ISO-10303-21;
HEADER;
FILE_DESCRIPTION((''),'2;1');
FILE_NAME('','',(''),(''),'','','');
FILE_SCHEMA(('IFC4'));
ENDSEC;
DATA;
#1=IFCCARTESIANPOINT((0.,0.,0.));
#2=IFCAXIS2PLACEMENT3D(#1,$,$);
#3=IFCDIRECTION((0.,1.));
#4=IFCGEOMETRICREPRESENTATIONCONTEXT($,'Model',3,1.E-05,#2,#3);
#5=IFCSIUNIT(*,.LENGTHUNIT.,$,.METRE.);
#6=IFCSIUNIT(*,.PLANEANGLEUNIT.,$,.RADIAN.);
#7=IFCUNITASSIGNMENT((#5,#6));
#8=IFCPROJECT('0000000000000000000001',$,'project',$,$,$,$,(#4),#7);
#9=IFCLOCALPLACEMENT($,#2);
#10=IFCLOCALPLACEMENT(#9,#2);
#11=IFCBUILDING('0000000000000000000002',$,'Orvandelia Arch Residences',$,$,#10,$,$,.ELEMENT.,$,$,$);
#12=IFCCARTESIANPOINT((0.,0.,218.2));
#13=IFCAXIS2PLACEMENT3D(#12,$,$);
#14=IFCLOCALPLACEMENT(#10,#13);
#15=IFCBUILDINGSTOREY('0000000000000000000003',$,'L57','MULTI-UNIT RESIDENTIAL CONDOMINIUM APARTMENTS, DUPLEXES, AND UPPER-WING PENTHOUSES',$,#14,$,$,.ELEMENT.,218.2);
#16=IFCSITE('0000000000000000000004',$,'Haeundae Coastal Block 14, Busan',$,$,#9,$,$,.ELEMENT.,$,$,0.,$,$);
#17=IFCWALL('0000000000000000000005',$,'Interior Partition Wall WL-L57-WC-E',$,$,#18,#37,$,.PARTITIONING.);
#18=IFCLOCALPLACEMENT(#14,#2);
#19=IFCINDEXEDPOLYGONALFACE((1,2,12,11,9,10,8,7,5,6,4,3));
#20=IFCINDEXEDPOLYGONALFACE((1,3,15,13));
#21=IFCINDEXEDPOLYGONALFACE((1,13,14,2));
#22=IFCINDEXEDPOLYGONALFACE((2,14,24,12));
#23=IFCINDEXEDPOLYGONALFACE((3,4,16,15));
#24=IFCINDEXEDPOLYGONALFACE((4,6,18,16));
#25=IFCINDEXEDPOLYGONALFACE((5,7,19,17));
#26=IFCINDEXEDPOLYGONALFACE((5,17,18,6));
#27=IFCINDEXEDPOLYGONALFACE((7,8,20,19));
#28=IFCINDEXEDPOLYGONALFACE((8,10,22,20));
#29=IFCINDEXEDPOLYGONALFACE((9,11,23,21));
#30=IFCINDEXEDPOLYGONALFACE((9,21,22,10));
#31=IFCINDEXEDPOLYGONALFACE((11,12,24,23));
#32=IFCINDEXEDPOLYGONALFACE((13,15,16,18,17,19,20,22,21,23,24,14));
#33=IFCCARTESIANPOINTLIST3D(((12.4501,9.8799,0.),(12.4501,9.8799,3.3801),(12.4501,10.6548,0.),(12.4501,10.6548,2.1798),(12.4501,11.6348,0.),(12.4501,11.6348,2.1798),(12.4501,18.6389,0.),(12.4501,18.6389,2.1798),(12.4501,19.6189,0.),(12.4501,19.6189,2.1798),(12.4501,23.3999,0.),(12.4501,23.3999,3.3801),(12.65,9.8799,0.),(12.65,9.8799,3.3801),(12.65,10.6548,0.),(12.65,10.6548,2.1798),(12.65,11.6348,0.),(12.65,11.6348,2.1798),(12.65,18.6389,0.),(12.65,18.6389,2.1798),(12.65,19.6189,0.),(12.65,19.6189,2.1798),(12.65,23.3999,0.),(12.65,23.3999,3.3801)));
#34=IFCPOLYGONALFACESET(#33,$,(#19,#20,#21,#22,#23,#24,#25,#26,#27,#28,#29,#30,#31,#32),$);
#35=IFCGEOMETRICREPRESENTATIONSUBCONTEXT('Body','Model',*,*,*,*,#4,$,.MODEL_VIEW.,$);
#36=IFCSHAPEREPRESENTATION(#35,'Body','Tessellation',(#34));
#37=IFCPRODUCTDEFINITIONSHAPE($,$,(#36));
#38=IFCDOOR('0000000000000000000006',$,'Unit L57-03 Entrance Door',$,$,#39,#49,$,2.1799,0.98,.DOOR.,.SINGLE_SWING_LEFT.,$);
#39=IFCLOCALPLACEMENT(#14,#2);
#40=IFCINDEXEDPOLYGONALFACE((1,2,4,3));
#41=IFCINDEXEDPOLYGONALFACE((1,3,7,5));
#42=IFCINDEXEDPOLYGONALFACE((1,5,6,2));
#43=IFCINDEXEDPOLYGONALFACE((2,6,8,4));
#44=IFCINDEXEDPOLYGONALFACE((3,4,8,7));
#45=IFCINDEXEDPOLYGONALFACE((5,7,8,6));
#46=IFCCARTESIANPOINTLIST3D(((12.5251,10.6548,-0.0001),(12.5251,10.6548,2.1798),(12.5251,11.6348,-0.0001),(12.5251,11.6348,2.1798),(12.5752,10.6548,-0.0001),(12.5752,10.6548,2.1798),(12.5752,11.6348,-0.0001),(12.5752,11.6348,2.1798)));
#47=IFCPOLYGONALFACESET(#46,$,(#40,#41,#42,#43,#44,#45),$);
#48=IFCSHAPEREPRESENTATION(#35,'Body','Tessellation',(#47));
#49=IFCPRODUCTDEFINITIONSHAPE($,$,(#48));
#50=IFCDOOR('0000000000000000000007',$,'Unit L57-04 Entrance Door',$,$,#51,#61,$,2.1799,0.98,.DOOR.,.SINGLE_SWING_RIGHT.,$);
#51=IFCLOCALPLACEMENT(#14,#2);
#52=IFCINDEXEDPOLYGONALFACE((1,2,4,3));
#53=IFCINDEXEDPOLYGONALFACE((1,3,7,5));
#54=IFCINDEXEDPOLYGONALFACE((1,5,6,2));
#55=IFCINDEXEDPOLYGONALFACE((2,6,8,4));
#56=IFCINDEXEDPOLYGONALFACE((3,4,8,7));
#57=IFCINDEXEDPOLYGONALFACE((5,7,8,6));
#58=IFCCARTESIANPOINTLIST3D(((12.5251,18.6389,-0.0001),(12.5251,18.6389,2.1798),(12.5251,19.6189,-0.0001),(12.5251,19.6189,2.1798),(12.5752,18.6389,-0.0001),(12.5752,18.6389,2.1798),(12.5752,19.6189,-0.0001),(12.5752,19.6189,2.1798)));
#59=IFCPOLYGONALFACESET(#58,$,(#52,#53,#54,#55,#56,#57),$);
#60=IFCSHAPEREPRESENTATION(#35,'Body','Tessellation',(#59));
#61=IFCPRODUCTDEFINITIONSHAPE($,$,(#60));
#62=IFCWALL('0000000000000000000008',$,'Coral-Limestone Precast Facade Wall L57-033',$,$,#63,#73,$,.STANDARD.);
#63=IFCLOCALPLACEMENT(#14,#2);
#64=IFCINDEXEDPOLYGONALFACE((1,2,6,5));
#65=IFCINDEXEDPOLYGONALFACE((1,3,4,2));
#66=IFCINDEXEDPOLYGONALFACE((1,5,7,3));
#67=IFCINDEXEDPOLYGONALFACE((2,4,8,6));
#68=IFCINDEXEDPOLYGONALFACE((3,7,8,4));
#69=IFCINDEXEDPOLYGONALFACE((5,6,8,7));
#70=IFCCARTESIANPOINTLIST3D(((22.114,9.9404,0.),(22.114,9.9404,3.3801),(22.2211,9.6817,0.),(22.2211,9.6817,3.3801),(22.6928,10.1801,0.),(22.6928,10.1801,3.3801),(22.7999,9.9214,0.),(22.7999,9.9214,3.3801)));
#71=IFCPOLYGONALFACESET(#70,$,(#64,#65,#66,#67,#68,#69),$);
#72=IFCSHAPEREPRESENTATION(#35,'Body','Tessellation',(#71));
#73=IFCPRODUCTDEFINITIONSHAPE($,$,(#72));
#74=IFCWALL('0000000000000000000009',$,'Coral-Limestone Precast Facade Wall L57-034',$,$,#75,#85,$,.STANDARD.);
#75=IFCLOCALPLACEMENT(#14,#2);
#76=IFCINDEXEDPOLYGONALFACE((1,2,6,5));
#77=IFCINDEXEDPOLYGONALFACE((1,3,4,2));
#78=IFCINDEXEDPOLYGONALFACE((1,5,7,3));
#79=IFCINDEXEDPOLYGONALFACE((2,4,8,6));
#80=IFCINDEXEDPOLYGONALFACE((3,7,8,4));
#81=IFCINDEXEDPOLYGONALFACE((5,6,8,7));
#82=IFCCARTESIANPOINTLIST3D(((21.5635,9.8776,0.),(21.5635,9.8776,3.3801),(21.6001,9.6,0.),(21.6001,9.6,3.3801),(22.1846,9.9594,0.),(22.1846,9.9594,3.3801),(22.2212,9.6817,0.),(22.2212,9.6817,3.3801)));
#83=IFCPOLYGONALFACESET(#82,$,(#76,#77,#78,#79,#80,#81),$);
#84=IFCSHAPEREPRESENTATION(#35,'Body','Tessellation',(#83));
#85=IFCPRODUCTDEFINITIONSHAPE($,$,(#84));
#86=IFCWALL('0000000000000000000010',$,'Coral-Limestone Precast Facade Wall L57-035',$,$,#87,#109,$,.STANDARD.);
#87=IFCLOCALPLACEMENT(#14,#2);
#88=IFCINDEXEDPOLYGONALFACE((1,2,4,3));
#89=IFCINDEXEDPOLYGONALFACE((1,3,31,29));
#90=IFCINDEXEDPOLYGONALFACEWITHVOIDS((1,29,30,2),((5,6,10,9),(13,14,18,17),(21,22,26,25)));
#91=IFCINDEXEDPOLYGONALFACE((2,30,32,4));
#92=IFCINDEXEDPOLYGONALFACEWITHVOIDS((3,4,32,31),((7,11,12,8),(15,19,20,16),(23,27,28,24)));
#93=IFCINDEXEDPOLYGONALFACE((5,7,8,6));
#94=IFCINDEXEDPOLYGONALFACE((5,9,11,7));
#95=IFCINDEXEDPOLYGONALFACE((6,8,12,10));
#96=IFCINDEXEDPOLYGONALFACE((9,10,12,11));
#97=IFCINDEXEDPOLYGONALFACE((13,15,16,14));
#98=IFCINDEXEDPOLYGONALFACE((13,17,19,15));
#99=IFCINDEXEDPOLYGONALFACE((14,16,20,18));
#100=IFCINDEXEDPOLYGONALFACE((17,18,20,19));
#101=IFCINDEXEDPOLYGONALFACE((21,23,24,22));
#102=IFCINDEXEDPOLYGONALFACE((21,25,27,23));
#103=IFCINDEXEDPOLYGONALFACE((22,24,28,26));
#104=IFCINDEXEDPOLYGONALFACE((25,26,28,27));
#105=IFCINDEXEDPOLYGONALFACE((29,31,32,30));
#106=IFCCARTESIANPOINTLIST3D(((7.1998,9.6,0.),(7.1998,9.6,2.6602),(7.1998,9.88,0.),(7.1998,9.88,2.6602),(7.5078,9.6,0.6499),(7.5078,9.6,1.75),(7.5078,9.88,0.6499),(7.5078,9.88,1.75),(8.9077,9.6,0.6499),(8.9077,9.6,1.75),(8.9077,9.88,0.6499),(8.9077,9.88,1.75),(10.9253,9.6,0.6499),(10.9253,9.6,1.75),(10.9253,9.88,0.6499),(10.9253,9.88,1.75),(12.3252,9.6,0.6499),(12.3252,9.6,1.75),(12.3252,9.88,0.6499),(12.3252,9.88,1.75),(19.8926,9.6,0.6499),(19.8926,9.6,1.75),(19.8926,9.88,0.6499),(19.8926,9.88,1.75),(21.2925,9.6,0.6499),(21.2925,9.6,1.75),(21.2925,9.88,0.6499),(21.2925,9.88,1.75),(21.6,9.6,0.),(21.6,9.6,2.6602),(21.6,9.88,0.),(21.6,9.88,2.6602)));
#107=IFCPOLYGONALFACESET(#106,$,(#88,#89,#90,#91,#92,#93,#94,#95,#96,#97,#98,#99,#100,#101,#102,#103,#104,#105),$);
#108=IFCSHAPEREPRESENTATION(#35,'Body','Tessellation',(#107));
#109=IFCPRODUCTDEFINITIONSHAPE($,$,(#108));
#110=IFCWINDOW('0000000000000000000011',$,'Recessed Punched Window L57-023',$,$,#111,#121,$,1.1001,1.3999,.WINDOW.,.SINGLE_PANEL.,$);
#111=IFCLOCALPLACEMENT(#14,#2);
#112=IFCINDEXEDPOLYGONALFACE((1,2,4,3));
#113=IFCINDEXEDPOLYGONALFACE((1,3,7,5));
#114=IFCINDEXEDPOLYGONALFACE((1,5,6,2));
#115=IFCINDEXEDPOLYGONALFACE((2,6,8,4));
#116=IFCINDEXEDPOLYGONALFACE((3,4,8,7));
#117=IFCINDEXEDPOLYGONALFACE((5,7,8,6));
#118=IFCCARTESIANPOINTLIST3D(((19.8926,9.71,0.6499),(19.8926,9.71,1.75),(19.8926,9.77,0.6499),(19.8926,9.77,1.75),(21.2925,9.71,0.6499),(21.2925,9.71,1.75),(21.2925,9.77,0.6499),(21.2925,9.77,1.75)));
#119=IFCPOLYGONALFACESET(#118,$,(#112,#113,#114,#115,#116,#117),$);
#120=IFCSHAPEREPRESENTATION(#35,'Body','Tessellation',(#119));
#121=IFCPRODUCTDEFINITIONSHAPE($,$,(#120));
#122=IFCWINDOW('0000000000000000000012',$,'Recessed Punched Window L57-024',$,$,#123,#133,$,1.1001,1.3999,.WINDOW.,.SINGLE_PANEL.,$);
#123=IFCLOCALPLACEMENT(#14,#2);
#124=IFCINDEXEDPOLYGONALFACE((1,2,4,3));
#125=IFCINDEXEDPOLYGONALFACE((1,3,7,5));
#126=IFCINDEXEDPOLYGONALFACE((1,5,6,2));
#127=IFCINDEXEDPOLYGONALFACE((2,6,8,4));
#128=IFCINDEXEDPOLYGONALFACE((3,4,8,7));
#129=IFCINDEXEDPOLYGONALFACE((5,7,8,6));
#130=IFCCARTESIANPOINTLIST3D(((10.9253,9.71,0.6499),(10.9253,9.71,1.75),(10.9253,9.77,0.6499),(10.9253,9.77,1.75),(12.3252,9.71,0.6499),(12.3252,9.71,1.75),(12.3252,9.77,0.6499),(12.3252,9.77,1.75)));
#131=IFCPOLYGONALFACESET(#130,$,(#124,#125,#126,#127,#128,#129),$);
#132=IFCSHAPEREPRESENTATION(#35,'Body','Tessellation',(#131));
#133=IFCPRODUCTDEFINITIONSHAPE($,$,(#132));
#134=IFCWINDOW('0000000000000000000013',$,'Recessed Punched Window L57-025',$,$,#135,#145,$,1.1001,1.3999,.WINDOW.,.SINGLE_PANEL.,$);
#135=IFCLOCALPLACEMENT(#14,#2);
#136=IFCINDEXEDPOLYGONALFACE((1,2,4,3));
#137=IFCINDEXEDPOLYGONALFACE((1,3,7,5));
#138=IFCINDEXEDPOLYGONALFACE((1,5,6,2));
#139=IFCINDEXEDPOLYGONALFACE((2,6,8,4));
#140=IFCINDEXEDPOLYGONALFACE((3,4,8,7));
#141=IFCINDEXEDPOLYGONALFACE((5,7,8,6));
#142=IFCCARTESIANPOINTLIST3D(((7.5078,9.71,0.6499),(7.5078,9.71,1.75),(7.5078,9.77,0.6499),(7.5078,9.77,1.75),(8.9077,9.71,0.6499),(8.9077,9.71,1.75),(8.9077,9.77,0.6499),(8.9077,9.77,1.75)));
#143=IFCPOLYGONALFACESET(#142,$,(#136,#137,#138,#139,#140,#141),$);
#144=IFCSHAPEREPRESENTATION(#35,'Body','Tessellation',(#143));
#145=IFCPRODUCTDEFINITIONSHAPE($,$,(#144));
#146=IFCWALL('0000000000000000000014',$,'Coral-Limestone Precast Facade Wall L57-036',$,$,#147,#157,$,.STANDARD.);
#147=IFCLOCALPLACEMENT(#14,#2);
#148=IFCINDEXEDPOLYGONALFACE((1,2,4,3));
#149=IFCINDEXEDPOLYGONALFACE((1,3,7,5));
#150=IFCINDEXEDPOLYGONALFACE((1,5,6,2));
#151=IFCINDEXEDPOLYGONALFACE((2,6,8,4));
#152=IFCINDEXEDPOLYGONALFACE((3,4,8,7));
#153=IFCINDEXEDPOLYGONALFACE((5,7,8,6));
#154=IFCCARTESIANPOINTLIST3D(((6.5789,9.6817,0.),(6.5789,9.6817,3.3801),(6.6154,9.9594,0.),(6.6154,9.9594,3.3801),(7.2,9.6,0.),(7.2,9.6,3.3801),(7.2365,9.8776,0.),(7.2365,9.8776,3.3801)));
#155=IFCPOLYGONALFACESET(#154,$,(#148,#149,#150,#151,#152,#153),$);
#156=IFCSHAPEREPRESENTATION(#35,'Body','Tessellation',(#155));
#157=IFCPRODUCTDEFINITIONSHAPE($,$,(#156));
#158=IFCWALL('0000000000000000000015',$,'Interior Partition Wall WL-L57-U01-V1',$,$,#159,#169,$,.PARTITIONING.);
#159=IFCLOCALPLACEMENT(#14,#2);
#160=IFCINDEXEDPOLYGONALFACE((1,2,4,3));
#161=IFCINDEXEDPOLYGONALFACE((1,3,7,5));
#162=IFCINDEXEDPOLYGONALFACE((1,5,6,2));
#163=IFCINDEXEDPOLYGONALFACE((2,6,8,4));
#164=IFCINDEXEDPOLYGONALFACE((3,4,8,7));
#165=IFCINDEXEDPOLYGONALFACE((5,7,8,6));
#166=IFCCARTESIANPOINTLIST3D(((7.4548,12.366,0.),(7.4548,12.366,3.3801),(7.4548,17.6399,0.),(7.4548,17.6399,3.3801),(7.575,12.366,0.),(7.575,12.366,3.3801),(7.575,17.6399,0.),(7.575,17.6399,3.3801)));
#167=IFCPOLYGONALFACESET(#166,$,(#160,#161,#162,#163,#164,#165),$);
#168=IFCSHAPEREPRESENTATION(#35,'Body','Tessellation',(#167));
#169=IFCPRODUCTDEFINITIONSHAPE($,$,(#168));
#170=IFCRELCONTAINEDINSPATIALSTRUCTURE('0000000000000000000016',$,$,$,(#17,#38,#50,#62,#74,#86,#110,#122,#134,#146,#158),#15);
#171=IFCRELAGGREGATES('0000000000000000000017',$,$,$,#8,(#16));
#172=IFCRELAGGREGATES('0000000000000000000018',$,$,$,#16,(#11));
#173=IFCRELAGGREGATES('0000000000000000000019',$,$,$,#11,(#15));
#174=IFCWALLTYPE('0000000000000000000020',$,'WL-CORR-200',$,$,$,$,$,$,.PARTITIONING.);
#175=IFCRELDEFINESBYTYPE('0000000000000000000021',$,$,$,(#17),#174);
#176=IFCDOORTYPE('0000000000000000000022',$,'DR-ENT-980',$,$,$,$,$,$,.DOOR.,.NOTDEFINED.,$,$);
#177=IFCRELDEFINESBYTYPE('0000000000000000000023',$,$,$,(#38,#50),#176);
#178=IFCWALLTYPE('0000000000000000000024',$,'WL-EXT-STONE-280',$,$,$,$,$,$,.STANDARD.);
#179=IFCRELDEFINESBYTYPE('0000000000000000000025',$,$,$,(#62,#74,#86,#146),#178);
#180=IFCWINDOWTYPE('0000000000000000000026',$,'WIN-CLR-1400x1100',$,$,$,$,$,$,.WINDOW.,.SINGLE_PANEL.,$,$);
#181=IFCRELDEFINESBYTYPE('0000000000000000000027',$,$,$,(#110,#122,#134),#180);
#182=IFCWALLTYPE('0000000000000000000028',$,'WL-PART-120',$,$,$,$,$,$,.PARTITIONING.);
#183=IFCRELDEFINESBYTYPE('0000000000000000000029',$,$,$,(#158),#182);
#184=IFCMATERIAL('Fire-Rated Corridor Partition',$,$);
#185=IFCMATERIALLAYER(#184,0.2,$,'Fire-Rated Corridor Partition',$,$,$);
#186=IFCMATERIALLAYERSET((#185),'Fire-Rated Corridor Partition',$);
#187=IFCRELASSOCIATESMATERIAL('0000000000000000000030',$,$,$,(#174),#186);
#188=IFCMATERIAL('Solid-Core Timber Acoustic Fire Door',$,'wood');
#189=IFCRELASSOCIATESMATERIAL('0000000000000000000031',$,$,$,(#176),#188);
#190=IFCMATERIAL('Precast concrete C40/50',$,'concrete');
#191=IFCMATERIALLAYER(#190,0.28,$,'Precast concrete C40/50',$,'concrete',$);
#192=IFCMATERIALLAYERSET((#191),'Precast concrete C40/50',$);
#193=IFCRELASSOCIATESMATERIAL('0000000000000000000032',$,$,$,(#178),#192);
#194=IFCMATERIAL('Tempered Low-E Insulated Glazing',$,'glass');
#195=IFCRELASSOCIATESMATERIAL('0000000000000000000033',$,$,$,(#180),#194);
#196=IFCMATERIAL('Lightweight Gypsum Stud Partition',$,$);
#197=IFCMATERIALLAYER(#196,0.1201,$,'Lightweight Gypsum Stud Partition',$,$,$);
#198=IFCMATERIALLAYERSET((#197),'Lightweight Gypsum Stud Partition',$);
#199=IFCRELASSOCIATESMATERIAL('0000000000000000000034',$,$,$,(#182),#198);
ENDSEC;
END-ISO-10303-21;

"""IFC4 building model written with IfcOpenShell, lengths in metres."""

from ifc_helpers import new_model, si_unit, direction, frame, frame_2d, origin, place, context, subcontext, project, spatial, rectangle, extrude, material, layer, layer_set, type_object, element, fill, save


model = new_model("IFC4")

# Units and contexts
model_context = context("Model", 3, precision=1e-05, world=origin(), true_north=direction((0.0, 1.0)))
body_context = subcontext(model_context, "Body", "Model", "MODEL_VIEW")
ifc_project = project(units=[si_unit("LENGTHUNIT", "METRE"), si_unit("PLANEANGLEUNIT", "RADIAN")], contexts=[model_context])

# Site, building, storey
site_placement = place(None, origin())
site = spatial("IfcSite", under=ifc_project, at=site_placement, Name="Haeundae Coastal Block 14, Busan", CompositionType="ELEMENT", RefElevation=0.0)
building_placement = place(site_placement, origin())
building = spatial("IfcBuilding", under=site, at=building_placement, Name="Orvandelia Arch Residences", CompositionType="ELEMENT")
storey_placement = place(building_placement, frame((0.0, 0.0, 218.2)))
storey = spatial("IfcBuildingStorey", under=building, at=storey_placement, Name="L57", Description="MULTI-UNIT RESIDENTIAL CONDOMINIUM APARTMENTS, DUPLEXES, AND UPPER-WING PENTHOUSES", CompositionType="ELEMENT", Elevation=218.2)

# Wall, openings, doors
ifc_material_1 = material(Name="Fire-Rated Corridor Partition")
ifc_layer_1 = layer(ifc_material_1, 0.2, Name="Fire-Rated Corridor Partition")
ifc_layer_set_1 = layer_set([ifc_layer_1], Name="Fire-Rated Corridor Partition")
wall_type_1 = type_object("IfcWallType", Name="WL-CORR-200", PredefinedType="PARTITIONING", material=ifc_layer_set_1)
ifc_material_2 = material(Name="Solid-Core Timber Acoustic Fire Door", Category="wood")
door_type_1 = type_object("IfcDoorType", Name="DR-ENT-980", OperationType="NOTDEFINED", PredefinedType="DOOR", material=ifc_material_2)
wall_1_placement = place(storey_placement, frame((12.55, 9.8799, 0.0), z_axis=(0.0, 0.0, 1.0), x_axis=(0.0, 1.0, 0.0)))
wall_1 = element("IfcWall", 1, at=wall_1_placement, inside=storey, type_object=wall_type_1, Name="Interior Partition Wall WL-L57-WC-E", PredefinedType="PARTITIONING", context=body_context, shape_type="SweptSolid", body=[
    extrude(rectangle(XDim=13.52, YDim=0.2, at=frame_2d((6.76, 0.0))), origin(), (0.0, 0.0, 1.0), 3.3801),
])
opening_1_placement = place(wall_1_placement, frame((0.7749, 0.0, 0.0)))
opening_1 = element("IfcOpeningElement", 2, at=opening_1_placement, cuts=wall_1, PredefinedType="OPENING", context=body_context, shape_type="SweptSolid", body=[
    extrude(rectangle(XDim=0.98, YDim=2.1799, at=frame_2d((0.49, 1.0898))), frame((0.0, 0.1099, 0.0), z_axis=(0.0, -1.0, 0.0), x_axis=(1.0, 0.0, 0.0)), (0.0, 0.0, 1.0), 0.22),
])
opening_2_placement = place(wall_1_placement, frame((8.759, 0.0, 0.0)))
opening_2 = element("IfcOpeningElement", 3, at=opening_2_placement, cuts=wall_1, PredefinedType="OPENING", context=body_context, shape_type="SweptSolid", body=[
    extrude(rectangle(XDim=0.98, YDim=2.1799, at=frame_2d((0.49, 1.0898))), frame((0.0, 0.1099, 0.0), z_axis=(0.0, -1.0, 0.0), x_axis=(1.0, 0.0, 0.0)), (0.0, 0.0, 1.0), 0.22),
])
door_1_placement = place(opening_1_placement, origin())
door_1 = element("IfcDoor", 4, at=door_1_placement, inside=storey, type_object=door_type_1, Name="Unit L57-03 Entrance Door", OperationType="SINGLE_SWING_LEFT", OverallHeight=2.1799, OverallWidth=0.98, PredefinedType="DOOR", context=body_context, shape_type="SweptSolid", body=[
    extrude(rectangle(XDim=0.98, YDim=2.1799, at=frame_2d((0.49, 1.0898))), frame((0.0, 0.0249, 0.0), z_axis=(0.0, -1.0, 0.0), x_axis=(1.0, 0.0, 0.0)), (0.0, 0.0, 1.0), 0.05),
])
fill(opening_1, door_1)
door_2_placement = place(opening_2_placement, origin())
door_2 = element("IfcDoor", 5, at=door_2_placement, inside=storey, type_object=door_type_1, Name="Unit L57-04 Entrance Door", OperationType="SINGLE_SWING_RIGHT", OverallHeight=2.1799, OverallWidth=0.98, PredefinedType="DOOR", context=body_context, shape_type="SweptSolid", body=[
    extrude(rectangle(XDim=0.98, YDim=2.1799, at=frame_2d((0.49, 1.0898))), frame((0.0, 0.0249, 0.0), z_axis=(0.0, -1.0, 0.0), x_axis=(1.0, 0.0, 0.0)), (0.0, 0.0, 1.0), 0.05),
])
fill(opening_2, door_2)

# Walls
ifc_material_3 = material(Name="Precast concrete C40/50", Category="concrete")
ifc_layer_2 = layer(ifc_material_3, 0.28, Name="Precast concrete C40/50", Category="concrete")
ifc_layer_set_2 = layer_set([ifc_layer_2], Name="Precast concrete C40/50")
wall_type_2 = type_object("IfcWallType", Name="WL-EXT-STONE-280", PredefinedType="STANDARD", material=ifc_layer_set_2)
for number, where, z_axis, x_axis, name in (
    (6, (22.7463, 10.0508, 0.0), (0.0, 0.0, 1.0), (-0.923893, -0.38265, 0.0), "Coral-Limestone Precast Facade Wall L57-033"),
    (7, (22.2029, 9.8206, 0.0), (0.0, 0.0, 1.0), (-0.991441, -0.130555, 0.0), "Coral-Limestone Precast Facade Wall L57-034"),
):
    element("IfcWall", number, at=place(storey_placement, frame(where, z_axis=z_axis, x_axis=x_axis)), inside=storey, type_object=wall_type_2, Name=name, PredefinedType="STANDARD", context=body_context, shape_type="SweptSolid", body=[
        extrude(rectangle(XDim=0.6265, YDim=0.28, at=frame_2d((0.3132, 0.0))), origin(), (0.0, 0.0, 1.0), 3.3801),
    ])

# Wall, openings, windows
wall_2_placement = place(storey_placement, frame((21.6001, 9.74, 0.0), z_axis=(0.0, 0.0, 1.0), x_axis=(-1.0, 0.0, 0.0)))
wall_2 = element("IfcWall", 8, at=wall_2_placement, inside=storey, type_object=wall_type_2, Name="Coral-Limestone Precast Facade Wall L57-035", PredefinedType="STANDARD", context=body_context, shape_type="SweptSolid", body=[
    extrude(rectangle(XDim=14.4001, YDim=0.28, at=frame_2d((7.2002, 0.0))), origin(), (0.0, 0.0, 1.0), 2.6602),
])
opening_3_placement = place(wall_2_placement, frame((0.3076, 0.0, 0.6499)))
opening_3 = element("IfcOpeningElement", 9, at=opening_3_placement, cuts=wall_2, PredefinedType="OPENING", context=body_context, shape_type="SweptSolid", body=[
    extrude(rectangle(XDim=1.3999, YDim=1.1001, at=frame_2d((0.7, 0.55))), frame((0.0, 0.1499, 0.0), z_axis=(0.0, -1.0, 0.0), x_axis=(1.0, 0.0, 0.0)), (0.0, 0.0, 1.0), 0.3),
])
opening_4_placement = place(wall_2_placement, frame((9.2749, 0.0, 0.6499)))
opening_4 = element("IfcOpeningElement", 10, at=opening_4_placement, cuts=wall_2, PredefinedType="OPENING", context=body_context, shape_type="SweptSolid", body=[
    extrude(rectangle(XDim=1.3999, YDim=1.1001, at=frame_2d((0.7, 0.55))), frame((0.0, 0.1499, 0.0), z_axis=(0.0, -1.0, 0.0), x_axis=(1.0, 0.0, 0.0)), (0.0, 0.0, 1.0), 0.3),
])
opening_5_placement = place(wall_2_placement, frame((12.6924, 0.0, 0.6499)))
opening_5 = element("IfcOpeningElement", 11, at=opening_5_placement, cuts=wall_2, PredefinedType="OPENING", context=body_context, shape_type="SweptSolid", body=[
    extrude(rectangle(XDim=1.3999, YDim=1.1001, at=frame_2d((0.7, 0.55))), frame((0.0, 0.1499, 0.0), z_axis=(0.0, -1.0, 0.0), x_axis=(1.0, 0.0, 0.0)), (0.0, 0.0, 1.0), 0.3),
])
ifc_material_4 = material(Name="Tempered Low-E Insulated Glazing", Category="glass")
window_type = type_object("IfcWindowType", Name="WIN-CLR-1400x1100", PartitioningType="SINGLE_PANEL", PredefinedType="WINDOW", material=ifc_material_4)
window_1_placement = place(opening_3_placement, origin())
window_1 = element("IfcWindow", 12, at=window_1_placement, inside=storey, type_object=window_type, Name="Recessed Punched Window L57-023", OverallHeight=1.1001, OverallWidth=1.3999, PartitioningType="SINGLE_PANEL", PredefinedType="WINDOW", context=body_context, shape_type="SweptSolid", body=[
    extrude(rectangle(XDim=1.3999, YDim=1.1001, at=frame_2d((0.7, 0.55))), frame((0.0, 0.03, 0.0), z_axis=(0.0, -1.0, 0.0), x_axis=(1.0, 0.0, 0.0)), (0.0, 0.0, 1.0), 0.0601),
])
fill(opening_3, window_1)
window_2_placement = place(opening_4_placement, origin())
window_2 = element("IfcWindow", 13, at=window_2_placement, inside=storey, type_object=window_type, Name="Recessed Punched Window L57-024", OverallHeight=1.1001, OverallWidth=1.3999, PartitioningType="SINGLE_PANEL", PredefinedType="WINDOW", context=body_context, shape_type="SweptSolid", body=[
    extrude(rectangle(XDim=1.3999, YDim=1.1001, at=frame_2d((0.7, 0.55))), frame((0.0, 0.03, 0.0), z_axis=(0.0, -1.0, 0.0), x_axis=(1.0, 0.0, 0.0)), (0.0, 0.0, 1.0), 0.0601),
])
fill(opening_4, window_2)
window_3_placement = place(opening_5_placement, origin())
window_3 = element("IfcWindow", 14, at=window_3_placement, inside=storey, type_object=window_type, Name="Recessed Punched Window L57-025", OverallHeight=1.1001, OverallWidth=1.3999, PartitioningType="SINGLE_PANEL", PredefinedType="WINDOW", context=body_context, shape_type="SweptSolid", body=[
    extrude(rectangle(XDim=1.3999, YDim=1.1001, at=frame_2d((0.7, 0.55))), frame((0.0, 0.03, 0.0), z_axis=(0.0, -1.0, 0.0), x_axis=(1.0, 0.0, 0.0)), (0.0, 0.0, 1.0), 0.0601),
])
fill(opening_5, window_3)

# Walls
wall_3_placement = place(storey_placement, frame((7.2183, 9.7388, 0.0), z_axis=(0.0, 0.0, 1.0), x_axis=(-0.991441, 0.130555, 0.0)))
element("IfcWall", 15, at=wall_3_placement, inside=storey, type_object=wall_type_2, Name="Coral-Limestone Precast Facade Wall L57-036", PredefinedType="STANDARD", context=body_context, shape_type="SweptSolid", body=[
    extrude(rectangle(XDim=0.6265, YDim=0.28, at=frame_2d((0.3132, 0.0))), origin(), (0.0, 0.0, 1.0), 3.3801),
])
ifc_material_5 = material(Name="Lightweight Gypsum Stud Partition")
ifc_layer_3 = layer(ifc_material_5, 0.1201, Name="Lightweight Gypsum Stud Partition")
ifc_layer_set_3 = layer_set([ifc_layer_3], Name="Lightweight Gypsum Stud Partition")
wall_type_3 = type_object("IfcWallType", Name="WL-PART-120", PredefinedType="PARTITIONING", material=ifc_layer_set_3)
wall_4_placement = place(storey_placement, frame((7.5149, 12.366, 0.0), z_axis=(0.0, 0.0, 1.0), x_axis=(0.0, 1.0, 0.0)))
element("IfcWall", 16, at=wall_4_placement, inside=storey, type_object=wall_type_3, Name="Interior Partition Wall WL-L57-U01-V1", PredefinedType="PARTITIONING", context=body_context, shape_type="SweptSolid", body=[
    extrude(rectangle(XDim=5.2739, YDim=0.1201, at=frame_2d((2.637, 0.0))), origin(), (0.0, 0.0, 1.0), 3.3801),
])

save(model, "model.ifc")
